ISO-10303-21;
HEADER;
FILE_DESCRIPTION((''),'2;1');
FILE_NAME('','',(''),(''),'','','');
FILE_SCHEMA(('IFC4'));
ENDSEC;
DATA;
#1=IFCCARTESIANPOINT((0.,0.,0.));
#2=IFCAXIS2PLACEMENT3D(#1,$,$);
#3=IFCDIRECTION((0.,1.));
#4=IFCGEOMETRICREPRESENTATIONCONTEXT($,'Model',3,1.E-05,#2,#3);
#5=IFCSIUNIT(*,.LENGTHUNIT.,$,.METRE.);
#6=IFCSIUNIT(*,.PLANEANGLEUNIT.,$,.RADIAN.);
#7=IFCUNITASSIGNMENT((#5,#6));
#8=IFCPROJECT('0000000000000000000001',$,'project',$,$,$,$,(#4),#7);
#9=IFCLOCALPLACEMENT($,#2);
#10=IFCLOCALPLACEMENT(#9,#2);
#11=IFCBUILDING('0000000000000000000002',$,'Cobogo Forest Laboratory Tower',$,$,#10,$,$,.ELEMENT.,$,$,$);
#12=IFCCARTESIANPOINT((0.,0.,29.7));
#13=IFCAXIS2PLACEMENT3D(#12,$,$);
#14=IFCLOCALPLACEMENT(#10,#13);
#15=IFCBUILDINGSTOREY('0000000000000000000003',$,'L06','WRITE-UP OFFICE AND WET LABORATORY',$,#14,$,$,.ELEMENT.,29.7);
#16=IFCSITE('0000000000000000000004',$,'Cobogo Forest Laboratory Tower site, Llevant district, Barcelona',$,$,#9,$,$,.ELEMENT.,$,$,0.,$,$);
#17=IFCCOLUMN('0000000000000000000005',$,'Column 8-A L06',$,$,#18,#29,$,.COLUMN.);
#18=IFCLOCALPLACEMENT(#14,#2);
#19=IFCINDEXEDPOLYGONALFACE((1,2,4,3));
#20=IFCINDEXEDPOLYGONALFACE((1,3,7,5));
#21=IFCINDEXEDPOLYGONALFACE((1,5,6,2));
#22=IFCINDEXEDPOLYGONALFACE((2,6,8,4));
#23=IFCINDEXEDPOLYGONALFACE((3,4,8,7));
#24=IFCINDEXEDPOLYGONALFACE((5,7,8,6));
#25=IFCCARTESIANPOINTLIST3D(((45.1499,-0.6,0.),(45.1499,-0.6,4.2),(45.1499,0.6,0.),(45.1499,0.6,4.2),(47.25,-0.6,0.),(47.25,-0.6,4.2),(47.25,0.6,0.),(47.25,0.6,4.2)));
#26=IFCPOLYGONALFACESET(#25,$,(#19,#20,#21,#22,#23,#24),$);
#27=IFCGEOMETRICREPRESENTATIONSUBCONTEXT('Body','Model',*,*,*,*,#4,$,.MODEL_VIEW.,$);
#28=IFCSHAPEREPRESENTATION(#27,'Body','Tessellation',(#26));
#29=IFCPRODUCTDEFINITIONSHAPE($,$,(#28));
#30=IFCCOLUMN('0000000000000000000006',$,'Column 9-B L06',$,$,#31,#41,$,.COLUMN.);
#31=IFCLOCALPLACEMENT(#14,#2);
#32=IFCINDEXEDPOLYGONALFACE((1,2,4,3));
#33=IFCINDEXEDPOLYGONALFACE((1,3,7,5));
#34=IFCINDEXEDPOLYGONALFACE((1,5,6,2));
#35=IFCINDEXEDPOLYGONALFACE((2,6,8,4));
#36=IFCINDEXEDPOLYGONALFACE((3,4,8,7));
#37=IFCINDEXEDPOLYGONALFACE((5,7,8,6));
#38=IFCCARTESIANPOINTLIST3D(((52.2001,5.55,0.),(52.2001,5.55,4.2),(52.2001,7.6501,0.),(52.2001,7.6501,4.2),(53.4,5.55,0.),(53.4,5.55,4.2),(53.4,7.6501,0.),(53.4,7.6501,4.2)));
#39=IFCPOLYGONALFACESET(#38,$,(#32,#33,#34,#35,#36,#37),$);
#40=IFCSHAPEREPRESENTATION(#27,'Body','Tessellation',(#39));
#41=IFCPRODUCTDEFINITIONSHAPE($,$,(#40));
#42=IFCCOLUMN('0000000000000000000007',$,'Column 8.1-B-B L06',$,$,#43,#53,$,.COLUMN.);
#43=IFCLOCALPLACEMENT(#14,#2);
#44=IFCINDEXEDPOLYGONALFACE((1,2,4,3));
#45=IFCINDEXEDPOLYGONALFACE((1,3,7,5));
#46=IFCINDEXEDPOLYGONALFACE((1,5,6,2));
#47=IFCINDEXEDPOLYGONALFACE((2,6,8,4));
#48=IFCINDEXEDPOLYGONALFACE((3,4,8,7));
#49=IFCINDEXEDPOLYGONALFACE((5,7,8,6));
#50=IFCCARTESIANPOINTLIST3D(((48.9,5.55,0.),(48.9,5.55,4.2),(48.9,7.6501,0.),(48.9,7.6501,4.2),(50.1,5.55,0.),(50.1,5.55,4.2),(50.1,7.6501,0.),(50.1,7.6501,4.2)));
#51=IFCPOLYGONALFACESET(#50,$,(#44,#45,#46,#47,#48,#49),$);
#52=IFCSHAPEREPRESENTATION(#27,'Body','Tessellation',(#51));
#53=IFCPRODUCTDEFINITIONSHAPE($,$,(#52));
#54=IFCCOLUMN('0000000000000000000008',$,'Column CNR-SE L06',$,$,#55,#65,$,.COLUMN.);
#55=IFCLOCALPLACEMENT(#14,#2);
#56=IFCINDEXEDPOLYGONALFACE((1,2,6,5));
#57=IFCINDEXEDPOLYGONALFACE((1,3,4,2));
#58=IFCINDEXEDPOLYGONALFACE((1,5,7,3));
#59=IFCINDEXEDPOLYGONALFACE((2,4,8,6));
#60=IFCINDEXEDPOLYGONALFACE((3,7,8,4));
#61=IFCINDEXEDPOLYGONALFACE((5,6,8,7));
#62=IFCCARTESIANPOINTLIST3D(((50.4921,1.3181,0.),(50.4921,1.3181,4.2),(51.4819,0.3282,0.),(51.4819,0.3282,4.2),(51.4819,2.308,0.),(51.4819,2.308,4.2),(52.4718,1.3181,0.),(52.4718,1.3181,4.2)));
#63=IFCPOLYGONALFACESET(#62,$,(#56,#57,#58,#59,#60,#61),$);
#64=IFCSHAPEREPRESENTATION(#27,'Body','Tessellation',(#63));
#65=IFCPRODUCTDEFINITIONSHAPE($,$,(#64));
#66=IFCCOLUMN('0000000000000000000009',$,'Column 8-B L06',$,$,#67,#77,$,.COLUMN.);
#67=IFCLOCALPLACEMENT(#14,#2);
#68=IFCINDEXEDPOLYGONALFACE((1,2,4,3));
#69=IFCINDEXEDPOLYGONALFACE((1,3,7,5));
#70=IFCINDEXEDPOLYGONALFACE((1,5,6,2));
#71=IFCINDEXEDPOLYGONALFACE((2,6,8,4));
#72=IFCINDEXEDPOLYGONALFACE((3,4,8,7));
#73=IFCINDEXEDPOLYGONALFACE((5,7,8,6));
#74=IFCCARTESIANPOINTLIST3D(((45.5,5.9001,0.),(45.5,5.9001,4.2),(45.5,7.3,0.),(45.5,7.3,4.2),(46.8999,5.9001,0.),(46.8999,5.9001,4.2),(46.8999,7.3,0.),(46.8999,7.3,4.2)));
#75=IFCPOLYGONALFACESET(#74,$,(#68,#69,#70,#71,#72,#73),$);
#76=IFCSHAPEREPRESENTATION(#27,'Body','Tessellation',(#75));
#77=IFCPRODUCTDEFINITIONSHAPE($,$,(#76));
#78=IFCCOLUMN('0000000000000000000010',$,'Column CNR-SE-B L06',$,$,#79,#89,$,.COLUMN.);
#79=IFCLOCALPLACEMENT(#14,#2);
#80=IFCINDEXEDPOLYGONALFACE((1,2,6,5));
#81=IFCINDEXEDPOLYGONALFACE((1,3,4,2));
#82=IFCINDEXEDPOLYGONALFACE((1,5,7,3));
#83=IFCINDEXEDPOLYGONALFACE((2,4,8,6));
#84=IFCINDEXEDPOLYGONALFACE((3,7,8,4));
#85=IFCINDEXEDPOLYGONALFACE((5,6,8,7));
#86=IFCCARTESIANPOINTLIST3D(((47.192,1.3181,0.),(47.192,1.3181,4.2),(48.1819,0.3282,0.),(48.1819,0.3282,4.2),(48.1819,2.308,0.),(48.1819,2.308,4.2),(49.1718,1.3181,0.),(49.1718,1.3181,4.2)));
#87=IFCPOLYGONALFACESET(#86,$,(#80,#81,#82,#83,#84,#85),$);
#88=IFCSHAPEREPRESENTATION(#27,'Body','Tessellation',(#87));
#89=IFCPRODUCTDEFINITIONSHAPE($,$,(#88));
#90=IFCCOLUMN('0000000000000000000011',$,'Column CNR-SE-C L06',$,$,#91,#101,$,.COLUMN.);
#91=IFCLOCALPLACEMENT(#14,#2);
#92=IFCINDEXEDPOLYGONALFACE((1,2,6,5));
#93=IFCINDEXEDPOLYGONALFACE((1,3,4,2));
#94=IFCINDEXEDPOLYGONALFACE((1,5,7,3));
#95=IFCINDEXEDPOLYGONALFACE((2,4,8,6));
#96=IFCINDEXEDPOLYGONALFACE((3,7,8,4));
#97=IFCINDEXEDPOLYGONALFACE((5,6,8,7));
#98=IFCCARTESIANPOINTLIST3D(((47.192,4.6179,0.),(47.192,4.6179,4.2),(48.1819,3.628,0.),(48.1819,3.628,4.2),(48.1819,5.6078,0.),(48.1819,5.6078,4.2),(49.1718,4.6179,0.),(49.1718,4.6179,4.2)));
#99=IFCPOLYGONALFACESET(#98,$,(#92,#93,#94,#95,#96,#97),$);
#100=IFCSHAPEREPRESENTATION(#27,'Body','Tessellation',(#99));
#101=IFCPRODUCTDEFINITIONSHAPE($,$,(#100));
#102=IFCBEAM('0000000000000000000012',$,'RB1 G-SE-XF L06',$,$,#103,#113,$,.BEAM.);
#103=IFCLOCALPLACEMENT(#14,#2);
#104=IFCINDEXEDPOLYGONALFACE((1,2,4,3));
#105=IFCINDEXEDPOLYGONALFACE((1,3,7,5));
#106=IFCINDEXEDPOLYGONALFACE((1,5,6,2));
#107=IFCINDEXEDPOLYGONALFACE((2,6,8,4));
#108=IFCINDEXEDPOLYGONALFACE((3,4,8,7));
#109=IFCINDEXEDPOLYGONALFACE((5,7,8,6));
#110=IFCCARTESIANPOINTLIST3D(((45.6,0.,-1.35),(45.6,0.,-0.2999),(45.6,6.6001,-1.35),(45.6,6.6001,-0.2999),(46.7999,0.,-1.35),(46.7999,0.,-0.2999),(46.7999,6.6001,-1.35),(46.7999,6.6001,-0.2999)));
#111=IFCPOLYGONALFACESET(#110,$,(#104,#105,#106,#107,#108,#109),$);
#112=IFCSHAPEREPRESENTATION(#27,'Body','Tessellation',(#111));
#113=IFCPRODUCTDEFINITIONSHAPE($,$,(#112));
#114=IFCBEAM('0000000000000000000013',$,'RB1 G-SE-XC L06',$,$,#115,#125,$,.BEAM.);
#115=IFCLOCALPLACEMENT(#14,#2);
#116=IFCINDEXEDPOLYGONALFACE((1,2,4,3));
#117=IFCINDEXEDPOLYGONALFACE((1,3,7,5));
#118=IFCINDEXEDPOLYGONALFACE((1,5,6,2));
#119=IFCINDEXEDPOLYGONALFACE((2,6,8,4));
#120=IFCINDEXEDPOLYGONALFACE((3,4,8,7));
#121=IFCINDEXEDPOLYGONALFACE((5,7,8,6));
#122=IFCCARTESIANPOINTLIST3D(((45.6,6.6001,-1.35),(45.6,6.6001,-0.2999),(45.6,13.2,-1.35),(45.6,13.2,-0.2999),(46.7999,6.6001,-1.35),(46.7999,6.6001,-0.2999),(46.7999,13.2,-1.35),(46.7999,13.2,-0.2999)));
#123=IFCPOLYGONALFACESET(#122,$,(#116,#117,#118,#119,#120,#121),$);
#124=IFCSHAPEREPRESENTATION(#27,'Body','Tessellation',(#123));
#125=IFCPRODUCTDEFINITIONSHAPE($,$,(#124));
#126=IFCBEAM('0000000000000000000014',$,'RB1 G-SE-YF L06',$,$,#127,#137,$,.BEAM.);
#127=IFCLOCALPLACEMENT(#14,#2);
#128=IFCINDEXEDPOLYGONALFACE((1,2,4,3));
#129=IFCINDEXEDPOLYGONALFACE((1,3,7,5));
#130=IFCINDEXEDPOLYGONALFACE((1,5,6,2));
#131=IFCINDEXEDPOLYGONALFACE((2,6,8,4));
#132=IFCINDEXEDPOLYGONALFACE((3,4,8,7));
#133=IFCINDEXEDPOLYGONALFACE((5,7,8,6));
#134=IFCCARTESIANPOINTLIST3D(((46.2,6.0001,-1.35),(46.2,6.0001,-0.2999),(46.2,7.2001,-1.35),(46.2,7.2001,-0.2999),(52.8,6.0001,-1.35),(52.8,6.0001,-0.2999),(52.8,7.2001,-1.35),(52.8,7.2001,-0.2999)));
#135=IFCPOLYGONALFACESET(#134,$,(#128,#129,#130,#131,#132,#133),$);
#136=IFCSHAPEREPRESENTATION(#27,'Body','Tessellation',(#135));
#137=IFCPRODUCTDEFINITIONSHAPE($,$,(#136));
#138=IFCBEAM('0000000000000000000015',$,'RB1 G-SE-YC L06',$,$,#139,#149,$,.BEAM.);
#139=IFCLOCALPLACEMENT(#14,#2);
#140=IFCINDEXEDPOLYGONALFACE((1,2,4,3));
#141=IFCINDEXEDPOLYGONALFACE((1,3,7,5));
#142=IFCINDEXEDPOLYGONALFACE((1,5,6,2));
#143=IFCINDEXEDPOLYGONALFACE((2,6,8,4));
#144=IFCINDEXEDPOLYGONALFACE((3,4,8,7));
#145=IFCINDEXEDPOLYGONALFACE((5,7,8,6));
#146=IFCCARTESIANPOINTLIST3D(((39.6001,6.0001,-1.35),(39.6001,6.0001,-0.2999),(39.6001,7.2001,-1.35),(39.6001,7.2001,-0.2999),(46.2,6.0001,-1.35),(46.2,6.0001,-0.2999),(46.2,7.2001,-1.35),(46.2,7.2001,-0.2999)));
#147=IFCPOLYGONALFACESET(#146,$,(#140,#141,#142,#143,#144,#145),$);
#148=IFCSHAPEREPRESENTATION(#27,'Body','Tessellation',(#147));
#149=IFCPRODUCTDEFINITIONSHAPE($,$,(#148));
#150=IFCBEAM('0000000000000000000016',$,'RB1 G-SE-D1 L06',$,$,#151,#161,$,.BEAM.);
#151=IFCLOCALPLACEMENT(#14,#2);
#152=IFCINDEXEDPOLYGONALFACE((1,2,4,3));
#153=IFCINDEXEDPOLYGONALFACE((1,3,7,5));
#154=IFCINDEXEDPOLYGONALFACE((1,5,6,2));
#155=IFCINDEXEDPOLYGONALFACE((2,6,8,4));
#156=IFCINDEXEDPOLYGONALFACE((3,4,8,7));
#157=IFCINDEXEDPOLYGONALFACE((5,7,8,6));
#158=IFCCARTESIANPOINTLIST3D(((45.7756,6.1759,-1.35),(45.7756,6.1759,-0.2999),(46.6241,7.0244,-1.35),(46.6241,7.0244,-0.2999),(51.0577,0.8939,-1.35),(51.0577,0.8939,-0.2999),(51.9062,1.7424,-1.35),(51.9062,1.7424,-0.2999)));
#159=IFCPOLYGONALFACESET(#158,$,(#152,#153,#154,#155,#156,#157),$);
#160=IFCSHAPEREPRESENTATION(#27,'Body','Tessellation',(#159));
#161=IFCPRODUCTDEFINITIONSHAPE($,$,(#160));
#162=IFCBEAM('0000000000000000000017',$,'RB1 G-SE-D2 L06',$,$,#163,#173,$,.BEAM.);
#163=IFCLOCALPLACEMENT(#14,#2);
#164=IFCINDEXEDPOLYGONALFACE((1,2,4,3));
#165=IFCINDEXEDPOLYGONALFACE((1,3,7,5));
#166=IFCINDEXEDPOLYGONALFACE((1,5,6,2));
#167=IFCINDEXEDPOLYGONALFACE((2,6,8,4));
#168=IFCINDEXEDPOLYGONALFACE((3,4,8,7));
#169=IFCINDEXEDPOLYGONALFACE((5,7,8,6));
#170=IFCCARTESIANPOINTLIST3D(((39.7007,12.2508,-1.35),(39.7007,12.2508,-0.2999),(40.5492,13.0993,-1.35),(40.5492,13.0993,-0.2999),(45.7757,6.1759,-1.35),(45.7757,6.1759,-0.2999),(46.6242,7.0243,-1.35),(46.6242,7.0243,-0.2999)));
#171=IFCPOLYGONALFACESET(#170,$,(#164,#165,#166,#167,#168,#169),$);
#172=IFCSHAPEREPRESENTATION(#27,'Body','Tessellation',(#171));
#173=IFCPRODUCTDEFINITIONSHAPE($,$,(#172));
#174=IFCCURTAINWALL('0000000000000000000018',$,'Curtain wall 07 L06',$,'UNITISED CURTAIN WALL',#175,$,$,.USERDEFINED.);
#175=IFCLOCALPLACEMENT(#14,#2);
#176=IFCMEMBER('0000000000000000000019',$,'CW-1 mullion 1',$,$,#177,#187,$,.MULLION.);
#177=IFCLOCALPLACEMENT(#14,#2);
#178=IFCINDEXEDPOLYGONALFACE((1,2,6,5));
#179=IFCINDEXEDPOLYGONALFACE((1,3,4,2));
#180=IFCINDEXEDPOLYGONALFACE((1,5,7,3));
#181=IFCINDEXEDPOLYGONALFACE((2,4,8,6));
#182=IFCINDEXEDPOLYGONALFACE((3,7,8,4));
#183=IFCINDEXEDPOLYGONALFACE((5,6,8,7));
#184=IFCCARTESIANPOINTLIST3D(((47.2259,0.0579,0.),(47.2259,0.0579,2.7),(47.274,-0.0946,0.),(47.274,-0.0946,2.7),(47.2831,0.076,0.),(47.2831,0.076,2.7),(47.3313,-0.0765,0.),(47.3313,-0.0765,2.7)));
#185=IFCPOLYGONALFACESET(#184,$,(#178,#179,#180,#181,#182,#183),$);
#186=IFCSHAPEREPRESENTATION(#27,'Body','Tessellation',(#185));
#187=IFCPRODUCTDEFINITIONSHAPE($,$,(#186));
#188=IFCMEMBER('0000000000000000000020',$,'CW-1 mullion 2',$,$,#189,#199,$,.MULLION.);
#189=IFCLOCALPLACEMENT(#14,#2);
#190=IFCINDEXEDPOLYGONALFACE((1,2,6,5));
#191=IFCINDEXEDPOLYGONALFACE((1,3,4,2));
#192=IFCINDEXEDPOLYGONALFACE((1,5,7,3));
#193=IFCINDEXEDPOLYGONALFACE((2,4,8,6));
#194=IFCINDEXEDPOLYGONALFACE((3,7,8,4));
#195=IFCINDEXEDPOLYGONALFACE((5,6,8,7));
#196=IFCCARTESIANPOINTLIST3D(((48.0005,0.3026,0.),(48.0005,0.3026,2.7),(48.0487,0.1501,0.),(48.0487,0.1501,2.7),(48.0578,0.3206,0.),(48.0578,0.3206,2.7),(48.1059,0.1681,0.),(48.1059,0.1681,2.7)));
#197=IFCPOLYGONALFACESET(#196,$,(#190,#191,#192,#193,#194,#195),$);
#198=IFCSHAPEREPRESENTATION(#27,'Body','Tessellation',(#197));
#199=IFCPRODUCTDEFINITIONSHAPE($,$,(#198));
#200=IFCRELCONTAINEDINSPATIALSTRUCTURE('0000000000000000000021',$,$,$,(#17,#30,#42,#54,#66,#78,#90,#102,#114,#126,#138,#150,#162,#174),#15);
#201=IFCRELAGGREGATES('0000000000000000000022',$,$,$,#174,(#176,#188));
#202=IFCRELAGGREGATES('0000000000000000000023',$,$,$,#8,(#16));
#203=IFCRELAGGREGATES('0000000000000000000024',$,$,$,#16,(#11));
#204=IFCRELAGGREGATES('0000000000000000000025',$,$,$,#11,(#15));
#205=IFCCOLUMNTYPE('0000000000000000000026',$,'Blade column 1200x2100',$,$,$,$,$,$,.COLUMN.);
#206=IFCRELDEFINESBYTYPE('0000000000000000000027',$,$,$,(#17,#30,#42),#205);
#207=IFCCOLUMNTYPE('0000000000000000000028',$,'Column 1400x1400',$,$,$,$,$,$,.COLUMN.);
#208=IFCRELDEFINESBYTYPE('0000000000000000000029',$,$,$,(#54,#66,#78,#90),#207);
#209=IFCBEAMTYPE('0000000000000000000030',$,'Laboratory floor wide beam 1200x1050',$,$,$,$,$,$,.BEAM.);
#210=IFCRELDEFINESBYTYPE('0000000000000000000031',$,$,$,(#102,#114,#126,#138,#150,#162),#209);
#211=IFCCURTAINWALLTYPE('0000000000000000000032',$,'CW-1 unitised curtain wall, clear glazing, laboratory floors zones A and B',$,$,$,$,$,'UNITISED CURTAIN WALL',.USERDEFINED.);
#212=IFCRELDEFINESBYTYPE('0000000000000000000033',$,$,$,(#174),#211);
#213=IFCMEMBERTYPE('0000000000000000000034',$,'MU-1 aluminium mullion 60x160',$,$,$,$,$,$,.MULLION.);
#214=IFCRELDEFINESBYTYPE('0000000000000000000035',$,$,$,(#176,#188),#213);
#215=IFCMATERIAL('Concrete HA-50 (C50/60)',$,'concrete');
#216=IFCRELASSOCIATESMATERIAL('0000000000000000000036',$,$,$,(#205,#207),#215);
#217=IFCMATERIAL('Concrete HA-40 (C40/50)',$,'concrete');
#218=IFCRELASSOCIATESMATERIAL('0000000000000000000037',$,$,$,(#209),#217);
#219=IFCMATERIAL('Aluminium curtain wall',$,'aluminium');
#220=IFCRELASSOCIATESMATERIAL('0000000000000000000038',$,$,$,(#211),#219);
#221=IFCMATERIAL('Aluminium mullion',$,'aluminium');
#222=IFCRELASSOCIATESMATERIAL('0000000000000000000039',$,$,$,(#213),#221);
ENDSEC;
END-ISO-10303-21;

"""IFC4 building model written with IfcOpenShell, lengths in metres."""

from ifc_helpers import new_model, si_unit, direction, frame, origin, origin_2d, place, context, subcontext, project, spatial, rectangle, extrude, material, material_profile, profile_set, type_object, element, aggregate, save


model = new_model("IFC4")

# Units and contexts
model_context = context("Model", 3, precision=1e-05, world=origin(), true_north=direction((0.0, 1.0)))
body_context = subcontext(model_context, "Body", "Model", "MODEL_VIEW")
ifc_project = project(units=[si_unit("LENGTHUNIT", "METRE"), si_unit("PLANEANGLEUNIT", "RADIAN")], contexts=[model_context])

# Site, building, storey
site_placement = place(None, origin())
site = spatial("IfcSite", under=ifc_project, at=site_placement, Name="Cobogo Forest Laboratory Tower site, Llevant district, Barcelona", CompositionType="ELEMENT", RefElevation=0.0)
building_placement = place(site_placement, origin())
building = spatial("IfcBuilding", under=site, at=building_placement, Name="Cobogo Forest Laboratory Tower", CompositionType="ELEMENT")
storey_placement = place(building_placement, frame((0.0, 0.0, 29.7)))
storey = spatial("IfcBuildingStorey", under=building, at=storey_placement, Name="L06", Description="WRITE-UP OFFICE AND WET LABORATORY", CompositionType="ELEMENT", Elevation=29.7)

# Columns
ifc_material_1 = material(Name="Concrete HA-50 (C50/60)", Category="concrete")
ifc_material_profile_1 = material_profile(ifc_material_1, rectangle(XDim=2.1001, YDim=1.2, at=origin_2d()), Name="RC 1200x2100")
ifc_profile_set_1 = profile_set([ifc_material_profile_1], Name="Concrete HA-50 (C50/60)")
column_type_1 = type_object("IfcColumnType", Name="Blade column 1200x2100", PredefinedType="COLUMN", material=ifc_profile_set_1)
for number, where, z_axis, x_axis, name in (
    (1, (46.2, 0.0, 0.0), (0.0, 0.0, 1.0), (1.0, 0.0, 0.0), "Column 8-A L06"),
    (2, (52.8, 6.6001, 0.0), (0.0, 0.0, 1.0), (0.0, 1.0, 0.0), "Column 9-B L06"),
    (3, (49.5, 6.6001, 0.0), (0.0, 0.0, 1.0), (0.0, 1.0, 0.0), "Column 8.1-B-B L06"),
):
    element("IfcColumn", number, at=place(storey_placement, frame(where, z_axis=z_axis, x_axis=x_axis)), inside=storey, type_object=column_type_1, Name=name, PredefinedType="COLUMN", context=body_context, shape_type="SweptSolid", body=[
        extrude(rectangle(XDim=2.1001, YDim=1.2, at=origin_2d()), origin(), (0.0, 0.0, 1.0), 4.2),
    ])
ifc_material_profile_2 = material_profile(ifc_material_1, rectangle(XDim=1.3999, YDim=1.3999, at=origin_2d()), Name="RC 1400x1400")
ifc_profile_set_2 = profile_set([ifc_material_profile_2], Name="Concrete HA-50 (C50/60)")
column_type_2 = type_object("IfcColumnType", Name="Column 1400x1400", PredefinedType="COLUMN", material=ifc_profile_set_2)
for number, where, z_axis, x_axis, name in (
    (4, (51.4819, 1.3181, 0.0), (0.0, 0.0, 1.0), (0.707107, 0.707107, 0.0), "Column CNR-SE L06"),
    (5, (46.2, 6.6001, 0.0), (0.0, 0.0, 1.0), (1.0, 0.0, 0.0), "Column 8-B L06"),
    (6, (48.1819, 1.3181, 0.0), (0.0, 0.0, 1.0), (0.707107, 0.707107, 0.0), "Column CNR-SE-B L06"),
    (7, (48.1819, 4.6179, 0.0), (0.0, 0.0, 1.0), (0.707107, 0.707107, 0.0), "Column CNR-SE-C L06"),
):
    element("IfcColumn", number, at=place(storey_placement, frame(where, z_axis=z_axis, x_axis=x_axis)), inside=storey, type_object=column_type_2, Name=name, PredefinedType="COLUMN", context=body_context, shape_type="SweptSolid", body=[
        extrude(rectangle(XDim=1.3999, YDim=1.3999, at=origin_2d()), origin(), (0.0, 0.0, 1.0), 4.2),
    ])

# Beams
ifc_material_2 = material(Name="Concrete HA-40 (C40/50)", Category="concrete")
ifc_material_profile_3 = material_profile(ifc_material_2, rectangle(XDim=1.2, YDim=1.05, at=origin_2d()), Name="RC 1200x1050")
ifc_profile_set_3 = profile_set([ifc_material_profile_3], Name="Concrete HA-40 (C40/50)")
beam_type_1 = type_object("IfcBeamType", Name="Laboratory floor wide beam 1200x1050", PredefinedType="BEAM", material=ifc_profile_set_3)
beam_1_placement = place(storey_placement, frame((46.2, 0.0, -0.825), z_axis=(0.0, 1.0, 0.0), x_axis=(-1.0, 0.0, 0.0)))
element("IfcBeam", 8, at=beam_1_placement, inside=storey, type_object=beam_type_1, Name="RB1 G-SE-XF L06", PredefinedType="BEAM", context=body_context, shape_type="SweptSolid", body=[
    extrude(rectangle(XDim=1.2, YDim=1.05, at=origin_2d()), origin(), (0.0, 0.0, 1.0), 6.6001),
])
beam_2_placement = place(storey_placement, frame((46.2, 6.6001, -0.825), z_axis=(0.0, 1.0, 0.0), x_axis=(-1.0, 0.0, 0.0)))
element("IfcBeam", 9, at=beam_2_placement, inside=storey, type_object=beam_type_1, Name="RB1 G-SE-XC L06", PredefinedType="BEAM", context=body_context, shape_type="SweptSolid", body=[
    extrude(rectangle(XDim=1.2, YDim=1.05, at=origin_2d()), origin(), (0.0, 0.0, 1.0), 6.5999),
])
beam_3_placement = place(storey_placement, frame((52.8, 6.6001, -0.825), z_axis=(-1.0, 0.0, 0.0), x_axis=(0.0, -1.0, 0.0)))
element("IfcBeam", 10, at=beam_3_placement, inside=storey, type_object=beam_type_1, Name="RB1 G-SE-YF L06", PredefinedType="BEAM", context=body_context, shape_type="SweptSolid", body=[
    extrude(rectangle(XDim=1.2, YDim=1.05, at=origin_2d()), origin(), (0.0, 0.0, 1.0), 6.6001),
])
beam_4_placement = place(storey_placement, frame((46.2, 6.6001, -0.825), z_axis=(-1.0, 0.0, 0.0), x_axis=(0.0, -1.0, 0.0)))
element("IfcBeam", 11, at=beam_4_placement, inside=storey, type_object=beam_type_1, Name="RB1 G-SE-YC L06", PredefinedType="BEAM", context=body_context, shape_type="SweptSolid", body=[
    extrude(rectangle(XDim=1.2, YDim=1.05, at=origin_2d()), origin(), (0.0, 0.0, 1.0), 6.5999),
])
beam_5_placement = place(storey_placement, frame((51.4819, 1.3181, -0.825), z_axis=(-0.707107, 0.707107, 0.0), x_axis=(-0.707107, -0.707107, 0.0)))
element("IfcBeam", 12, at=beam_5_placement, inside=storey, type_object=beam_type_1, Name="RB1 G-SE-D1 L06", PredefinedType="BEAM", context=body_context, shape_type="SweptSolid", body=[
    extrude(rectangle(XDim=1.2, YDim=1.05, at=origin_2d()), origin(), (0.0, 0.0, 1.0), 7.47),
])
beam_6_placement = place(storey_placement, frame((46.2, 6.6001, -0.825), z_axis=(-0.707107, 0.707107, 0.0), x_axis=(-0.707107, -0.707107, 0.0)))
element("IfcBeam", 13, at=beam_6_placement, inside=storey, type_object=beam_type_1, Name="RB1 G-SE-D2 L06", PredefinedType="BEAM", context=body_context, shape_type="SweptSolid", body=[
    extrude(rectangle(XDim=1.2, YDim=1.05, at=origin_2d()), origin(), (0.0, 0.0, 1.0), 8.5913),
])

# Curtain wall, members
ifc_material_3 = material(Name="Aluminium curtain wall", Category="aluminium")
curtain_wall_type = type_object("IfcCurtainWallType", Name="CW-1 unitised curtain wall, clear glazing, laboratory floors zones A and B", ElementType="UNITISED CURTAIN WALL", PredefinedType="USERDEFINED", material=ifc_material_3)
curtain_wall_1_placement = place(storey_placement, origin())
curtain_wall_1 = element("IfcCurtainWall", 14, at=curtain_wall_1_placement, inside=storey, type_object=curtain_wall_type, Name="Curtain wall 07 L06", ObjectType="UNITISED CURTAIN WALL", PredefinedType="USERDEFINED")
ifc_material_4 = material(Name="Aluminium mullion", Category="aluminium")
ifc_material_profile_4 = material_profile(ifc_material_4, rectangle(XDim=0.0601, YDim=0.1599, at=origin_2d()), Name="AL 60x160")
ifc_profile_set_4 = profile_set([ifc_material_profile_4], Name="Aluminium mullion")
member_type_1 = type_object("IfcMemberType", Name="MU-1 aluminium mullion 60x160", PredefinedType="MULLION", material=ifc_profile_set_4)
member_1_placement = place(storey_placement, frame((47.2786, -0.0093, 0.0), z_axis=(0.0, 0.0, 1.0), x_axis=(0.953582, 0.301135, 0.0)))
member_1 = element("IfcMember", 15, at=member_1_placement, type_object=member_type_1, Name="CW-1 mullion 1", PredefinedType="MULLION", context=body_context, shape_type="SweptSolid", body=[
    extrude(rectangle(XDim=0.0601, YDim=0.1599, at=origin_2d()), origin(), (0.0, 0.0, 1.0), 2.7),
])
member_2_placement = place(storey_placement, frame((48.0532, 0.2354, 0.0), z_axis=(0.0, 0.0, 1.0), x_axis=(0.953582, 0.301135, 0.0)))
member_2 = element("IfcMember", 16, at=member_2_placement, type_object=member_type_1, Name="CW-1 mullion 2", PredefinedType="MULLION", context=body_context, shape_type="SweptSolid", body=[
    extrude(rectangle(XDim=0.0601, YDim=0.1599, at=origin_2d()), origin(), (0.0, 0.0, 1.0), 2.7),
])

aggregate(curtain_wall_1, [member_1, member_2])

save(model, "model.ifc")
